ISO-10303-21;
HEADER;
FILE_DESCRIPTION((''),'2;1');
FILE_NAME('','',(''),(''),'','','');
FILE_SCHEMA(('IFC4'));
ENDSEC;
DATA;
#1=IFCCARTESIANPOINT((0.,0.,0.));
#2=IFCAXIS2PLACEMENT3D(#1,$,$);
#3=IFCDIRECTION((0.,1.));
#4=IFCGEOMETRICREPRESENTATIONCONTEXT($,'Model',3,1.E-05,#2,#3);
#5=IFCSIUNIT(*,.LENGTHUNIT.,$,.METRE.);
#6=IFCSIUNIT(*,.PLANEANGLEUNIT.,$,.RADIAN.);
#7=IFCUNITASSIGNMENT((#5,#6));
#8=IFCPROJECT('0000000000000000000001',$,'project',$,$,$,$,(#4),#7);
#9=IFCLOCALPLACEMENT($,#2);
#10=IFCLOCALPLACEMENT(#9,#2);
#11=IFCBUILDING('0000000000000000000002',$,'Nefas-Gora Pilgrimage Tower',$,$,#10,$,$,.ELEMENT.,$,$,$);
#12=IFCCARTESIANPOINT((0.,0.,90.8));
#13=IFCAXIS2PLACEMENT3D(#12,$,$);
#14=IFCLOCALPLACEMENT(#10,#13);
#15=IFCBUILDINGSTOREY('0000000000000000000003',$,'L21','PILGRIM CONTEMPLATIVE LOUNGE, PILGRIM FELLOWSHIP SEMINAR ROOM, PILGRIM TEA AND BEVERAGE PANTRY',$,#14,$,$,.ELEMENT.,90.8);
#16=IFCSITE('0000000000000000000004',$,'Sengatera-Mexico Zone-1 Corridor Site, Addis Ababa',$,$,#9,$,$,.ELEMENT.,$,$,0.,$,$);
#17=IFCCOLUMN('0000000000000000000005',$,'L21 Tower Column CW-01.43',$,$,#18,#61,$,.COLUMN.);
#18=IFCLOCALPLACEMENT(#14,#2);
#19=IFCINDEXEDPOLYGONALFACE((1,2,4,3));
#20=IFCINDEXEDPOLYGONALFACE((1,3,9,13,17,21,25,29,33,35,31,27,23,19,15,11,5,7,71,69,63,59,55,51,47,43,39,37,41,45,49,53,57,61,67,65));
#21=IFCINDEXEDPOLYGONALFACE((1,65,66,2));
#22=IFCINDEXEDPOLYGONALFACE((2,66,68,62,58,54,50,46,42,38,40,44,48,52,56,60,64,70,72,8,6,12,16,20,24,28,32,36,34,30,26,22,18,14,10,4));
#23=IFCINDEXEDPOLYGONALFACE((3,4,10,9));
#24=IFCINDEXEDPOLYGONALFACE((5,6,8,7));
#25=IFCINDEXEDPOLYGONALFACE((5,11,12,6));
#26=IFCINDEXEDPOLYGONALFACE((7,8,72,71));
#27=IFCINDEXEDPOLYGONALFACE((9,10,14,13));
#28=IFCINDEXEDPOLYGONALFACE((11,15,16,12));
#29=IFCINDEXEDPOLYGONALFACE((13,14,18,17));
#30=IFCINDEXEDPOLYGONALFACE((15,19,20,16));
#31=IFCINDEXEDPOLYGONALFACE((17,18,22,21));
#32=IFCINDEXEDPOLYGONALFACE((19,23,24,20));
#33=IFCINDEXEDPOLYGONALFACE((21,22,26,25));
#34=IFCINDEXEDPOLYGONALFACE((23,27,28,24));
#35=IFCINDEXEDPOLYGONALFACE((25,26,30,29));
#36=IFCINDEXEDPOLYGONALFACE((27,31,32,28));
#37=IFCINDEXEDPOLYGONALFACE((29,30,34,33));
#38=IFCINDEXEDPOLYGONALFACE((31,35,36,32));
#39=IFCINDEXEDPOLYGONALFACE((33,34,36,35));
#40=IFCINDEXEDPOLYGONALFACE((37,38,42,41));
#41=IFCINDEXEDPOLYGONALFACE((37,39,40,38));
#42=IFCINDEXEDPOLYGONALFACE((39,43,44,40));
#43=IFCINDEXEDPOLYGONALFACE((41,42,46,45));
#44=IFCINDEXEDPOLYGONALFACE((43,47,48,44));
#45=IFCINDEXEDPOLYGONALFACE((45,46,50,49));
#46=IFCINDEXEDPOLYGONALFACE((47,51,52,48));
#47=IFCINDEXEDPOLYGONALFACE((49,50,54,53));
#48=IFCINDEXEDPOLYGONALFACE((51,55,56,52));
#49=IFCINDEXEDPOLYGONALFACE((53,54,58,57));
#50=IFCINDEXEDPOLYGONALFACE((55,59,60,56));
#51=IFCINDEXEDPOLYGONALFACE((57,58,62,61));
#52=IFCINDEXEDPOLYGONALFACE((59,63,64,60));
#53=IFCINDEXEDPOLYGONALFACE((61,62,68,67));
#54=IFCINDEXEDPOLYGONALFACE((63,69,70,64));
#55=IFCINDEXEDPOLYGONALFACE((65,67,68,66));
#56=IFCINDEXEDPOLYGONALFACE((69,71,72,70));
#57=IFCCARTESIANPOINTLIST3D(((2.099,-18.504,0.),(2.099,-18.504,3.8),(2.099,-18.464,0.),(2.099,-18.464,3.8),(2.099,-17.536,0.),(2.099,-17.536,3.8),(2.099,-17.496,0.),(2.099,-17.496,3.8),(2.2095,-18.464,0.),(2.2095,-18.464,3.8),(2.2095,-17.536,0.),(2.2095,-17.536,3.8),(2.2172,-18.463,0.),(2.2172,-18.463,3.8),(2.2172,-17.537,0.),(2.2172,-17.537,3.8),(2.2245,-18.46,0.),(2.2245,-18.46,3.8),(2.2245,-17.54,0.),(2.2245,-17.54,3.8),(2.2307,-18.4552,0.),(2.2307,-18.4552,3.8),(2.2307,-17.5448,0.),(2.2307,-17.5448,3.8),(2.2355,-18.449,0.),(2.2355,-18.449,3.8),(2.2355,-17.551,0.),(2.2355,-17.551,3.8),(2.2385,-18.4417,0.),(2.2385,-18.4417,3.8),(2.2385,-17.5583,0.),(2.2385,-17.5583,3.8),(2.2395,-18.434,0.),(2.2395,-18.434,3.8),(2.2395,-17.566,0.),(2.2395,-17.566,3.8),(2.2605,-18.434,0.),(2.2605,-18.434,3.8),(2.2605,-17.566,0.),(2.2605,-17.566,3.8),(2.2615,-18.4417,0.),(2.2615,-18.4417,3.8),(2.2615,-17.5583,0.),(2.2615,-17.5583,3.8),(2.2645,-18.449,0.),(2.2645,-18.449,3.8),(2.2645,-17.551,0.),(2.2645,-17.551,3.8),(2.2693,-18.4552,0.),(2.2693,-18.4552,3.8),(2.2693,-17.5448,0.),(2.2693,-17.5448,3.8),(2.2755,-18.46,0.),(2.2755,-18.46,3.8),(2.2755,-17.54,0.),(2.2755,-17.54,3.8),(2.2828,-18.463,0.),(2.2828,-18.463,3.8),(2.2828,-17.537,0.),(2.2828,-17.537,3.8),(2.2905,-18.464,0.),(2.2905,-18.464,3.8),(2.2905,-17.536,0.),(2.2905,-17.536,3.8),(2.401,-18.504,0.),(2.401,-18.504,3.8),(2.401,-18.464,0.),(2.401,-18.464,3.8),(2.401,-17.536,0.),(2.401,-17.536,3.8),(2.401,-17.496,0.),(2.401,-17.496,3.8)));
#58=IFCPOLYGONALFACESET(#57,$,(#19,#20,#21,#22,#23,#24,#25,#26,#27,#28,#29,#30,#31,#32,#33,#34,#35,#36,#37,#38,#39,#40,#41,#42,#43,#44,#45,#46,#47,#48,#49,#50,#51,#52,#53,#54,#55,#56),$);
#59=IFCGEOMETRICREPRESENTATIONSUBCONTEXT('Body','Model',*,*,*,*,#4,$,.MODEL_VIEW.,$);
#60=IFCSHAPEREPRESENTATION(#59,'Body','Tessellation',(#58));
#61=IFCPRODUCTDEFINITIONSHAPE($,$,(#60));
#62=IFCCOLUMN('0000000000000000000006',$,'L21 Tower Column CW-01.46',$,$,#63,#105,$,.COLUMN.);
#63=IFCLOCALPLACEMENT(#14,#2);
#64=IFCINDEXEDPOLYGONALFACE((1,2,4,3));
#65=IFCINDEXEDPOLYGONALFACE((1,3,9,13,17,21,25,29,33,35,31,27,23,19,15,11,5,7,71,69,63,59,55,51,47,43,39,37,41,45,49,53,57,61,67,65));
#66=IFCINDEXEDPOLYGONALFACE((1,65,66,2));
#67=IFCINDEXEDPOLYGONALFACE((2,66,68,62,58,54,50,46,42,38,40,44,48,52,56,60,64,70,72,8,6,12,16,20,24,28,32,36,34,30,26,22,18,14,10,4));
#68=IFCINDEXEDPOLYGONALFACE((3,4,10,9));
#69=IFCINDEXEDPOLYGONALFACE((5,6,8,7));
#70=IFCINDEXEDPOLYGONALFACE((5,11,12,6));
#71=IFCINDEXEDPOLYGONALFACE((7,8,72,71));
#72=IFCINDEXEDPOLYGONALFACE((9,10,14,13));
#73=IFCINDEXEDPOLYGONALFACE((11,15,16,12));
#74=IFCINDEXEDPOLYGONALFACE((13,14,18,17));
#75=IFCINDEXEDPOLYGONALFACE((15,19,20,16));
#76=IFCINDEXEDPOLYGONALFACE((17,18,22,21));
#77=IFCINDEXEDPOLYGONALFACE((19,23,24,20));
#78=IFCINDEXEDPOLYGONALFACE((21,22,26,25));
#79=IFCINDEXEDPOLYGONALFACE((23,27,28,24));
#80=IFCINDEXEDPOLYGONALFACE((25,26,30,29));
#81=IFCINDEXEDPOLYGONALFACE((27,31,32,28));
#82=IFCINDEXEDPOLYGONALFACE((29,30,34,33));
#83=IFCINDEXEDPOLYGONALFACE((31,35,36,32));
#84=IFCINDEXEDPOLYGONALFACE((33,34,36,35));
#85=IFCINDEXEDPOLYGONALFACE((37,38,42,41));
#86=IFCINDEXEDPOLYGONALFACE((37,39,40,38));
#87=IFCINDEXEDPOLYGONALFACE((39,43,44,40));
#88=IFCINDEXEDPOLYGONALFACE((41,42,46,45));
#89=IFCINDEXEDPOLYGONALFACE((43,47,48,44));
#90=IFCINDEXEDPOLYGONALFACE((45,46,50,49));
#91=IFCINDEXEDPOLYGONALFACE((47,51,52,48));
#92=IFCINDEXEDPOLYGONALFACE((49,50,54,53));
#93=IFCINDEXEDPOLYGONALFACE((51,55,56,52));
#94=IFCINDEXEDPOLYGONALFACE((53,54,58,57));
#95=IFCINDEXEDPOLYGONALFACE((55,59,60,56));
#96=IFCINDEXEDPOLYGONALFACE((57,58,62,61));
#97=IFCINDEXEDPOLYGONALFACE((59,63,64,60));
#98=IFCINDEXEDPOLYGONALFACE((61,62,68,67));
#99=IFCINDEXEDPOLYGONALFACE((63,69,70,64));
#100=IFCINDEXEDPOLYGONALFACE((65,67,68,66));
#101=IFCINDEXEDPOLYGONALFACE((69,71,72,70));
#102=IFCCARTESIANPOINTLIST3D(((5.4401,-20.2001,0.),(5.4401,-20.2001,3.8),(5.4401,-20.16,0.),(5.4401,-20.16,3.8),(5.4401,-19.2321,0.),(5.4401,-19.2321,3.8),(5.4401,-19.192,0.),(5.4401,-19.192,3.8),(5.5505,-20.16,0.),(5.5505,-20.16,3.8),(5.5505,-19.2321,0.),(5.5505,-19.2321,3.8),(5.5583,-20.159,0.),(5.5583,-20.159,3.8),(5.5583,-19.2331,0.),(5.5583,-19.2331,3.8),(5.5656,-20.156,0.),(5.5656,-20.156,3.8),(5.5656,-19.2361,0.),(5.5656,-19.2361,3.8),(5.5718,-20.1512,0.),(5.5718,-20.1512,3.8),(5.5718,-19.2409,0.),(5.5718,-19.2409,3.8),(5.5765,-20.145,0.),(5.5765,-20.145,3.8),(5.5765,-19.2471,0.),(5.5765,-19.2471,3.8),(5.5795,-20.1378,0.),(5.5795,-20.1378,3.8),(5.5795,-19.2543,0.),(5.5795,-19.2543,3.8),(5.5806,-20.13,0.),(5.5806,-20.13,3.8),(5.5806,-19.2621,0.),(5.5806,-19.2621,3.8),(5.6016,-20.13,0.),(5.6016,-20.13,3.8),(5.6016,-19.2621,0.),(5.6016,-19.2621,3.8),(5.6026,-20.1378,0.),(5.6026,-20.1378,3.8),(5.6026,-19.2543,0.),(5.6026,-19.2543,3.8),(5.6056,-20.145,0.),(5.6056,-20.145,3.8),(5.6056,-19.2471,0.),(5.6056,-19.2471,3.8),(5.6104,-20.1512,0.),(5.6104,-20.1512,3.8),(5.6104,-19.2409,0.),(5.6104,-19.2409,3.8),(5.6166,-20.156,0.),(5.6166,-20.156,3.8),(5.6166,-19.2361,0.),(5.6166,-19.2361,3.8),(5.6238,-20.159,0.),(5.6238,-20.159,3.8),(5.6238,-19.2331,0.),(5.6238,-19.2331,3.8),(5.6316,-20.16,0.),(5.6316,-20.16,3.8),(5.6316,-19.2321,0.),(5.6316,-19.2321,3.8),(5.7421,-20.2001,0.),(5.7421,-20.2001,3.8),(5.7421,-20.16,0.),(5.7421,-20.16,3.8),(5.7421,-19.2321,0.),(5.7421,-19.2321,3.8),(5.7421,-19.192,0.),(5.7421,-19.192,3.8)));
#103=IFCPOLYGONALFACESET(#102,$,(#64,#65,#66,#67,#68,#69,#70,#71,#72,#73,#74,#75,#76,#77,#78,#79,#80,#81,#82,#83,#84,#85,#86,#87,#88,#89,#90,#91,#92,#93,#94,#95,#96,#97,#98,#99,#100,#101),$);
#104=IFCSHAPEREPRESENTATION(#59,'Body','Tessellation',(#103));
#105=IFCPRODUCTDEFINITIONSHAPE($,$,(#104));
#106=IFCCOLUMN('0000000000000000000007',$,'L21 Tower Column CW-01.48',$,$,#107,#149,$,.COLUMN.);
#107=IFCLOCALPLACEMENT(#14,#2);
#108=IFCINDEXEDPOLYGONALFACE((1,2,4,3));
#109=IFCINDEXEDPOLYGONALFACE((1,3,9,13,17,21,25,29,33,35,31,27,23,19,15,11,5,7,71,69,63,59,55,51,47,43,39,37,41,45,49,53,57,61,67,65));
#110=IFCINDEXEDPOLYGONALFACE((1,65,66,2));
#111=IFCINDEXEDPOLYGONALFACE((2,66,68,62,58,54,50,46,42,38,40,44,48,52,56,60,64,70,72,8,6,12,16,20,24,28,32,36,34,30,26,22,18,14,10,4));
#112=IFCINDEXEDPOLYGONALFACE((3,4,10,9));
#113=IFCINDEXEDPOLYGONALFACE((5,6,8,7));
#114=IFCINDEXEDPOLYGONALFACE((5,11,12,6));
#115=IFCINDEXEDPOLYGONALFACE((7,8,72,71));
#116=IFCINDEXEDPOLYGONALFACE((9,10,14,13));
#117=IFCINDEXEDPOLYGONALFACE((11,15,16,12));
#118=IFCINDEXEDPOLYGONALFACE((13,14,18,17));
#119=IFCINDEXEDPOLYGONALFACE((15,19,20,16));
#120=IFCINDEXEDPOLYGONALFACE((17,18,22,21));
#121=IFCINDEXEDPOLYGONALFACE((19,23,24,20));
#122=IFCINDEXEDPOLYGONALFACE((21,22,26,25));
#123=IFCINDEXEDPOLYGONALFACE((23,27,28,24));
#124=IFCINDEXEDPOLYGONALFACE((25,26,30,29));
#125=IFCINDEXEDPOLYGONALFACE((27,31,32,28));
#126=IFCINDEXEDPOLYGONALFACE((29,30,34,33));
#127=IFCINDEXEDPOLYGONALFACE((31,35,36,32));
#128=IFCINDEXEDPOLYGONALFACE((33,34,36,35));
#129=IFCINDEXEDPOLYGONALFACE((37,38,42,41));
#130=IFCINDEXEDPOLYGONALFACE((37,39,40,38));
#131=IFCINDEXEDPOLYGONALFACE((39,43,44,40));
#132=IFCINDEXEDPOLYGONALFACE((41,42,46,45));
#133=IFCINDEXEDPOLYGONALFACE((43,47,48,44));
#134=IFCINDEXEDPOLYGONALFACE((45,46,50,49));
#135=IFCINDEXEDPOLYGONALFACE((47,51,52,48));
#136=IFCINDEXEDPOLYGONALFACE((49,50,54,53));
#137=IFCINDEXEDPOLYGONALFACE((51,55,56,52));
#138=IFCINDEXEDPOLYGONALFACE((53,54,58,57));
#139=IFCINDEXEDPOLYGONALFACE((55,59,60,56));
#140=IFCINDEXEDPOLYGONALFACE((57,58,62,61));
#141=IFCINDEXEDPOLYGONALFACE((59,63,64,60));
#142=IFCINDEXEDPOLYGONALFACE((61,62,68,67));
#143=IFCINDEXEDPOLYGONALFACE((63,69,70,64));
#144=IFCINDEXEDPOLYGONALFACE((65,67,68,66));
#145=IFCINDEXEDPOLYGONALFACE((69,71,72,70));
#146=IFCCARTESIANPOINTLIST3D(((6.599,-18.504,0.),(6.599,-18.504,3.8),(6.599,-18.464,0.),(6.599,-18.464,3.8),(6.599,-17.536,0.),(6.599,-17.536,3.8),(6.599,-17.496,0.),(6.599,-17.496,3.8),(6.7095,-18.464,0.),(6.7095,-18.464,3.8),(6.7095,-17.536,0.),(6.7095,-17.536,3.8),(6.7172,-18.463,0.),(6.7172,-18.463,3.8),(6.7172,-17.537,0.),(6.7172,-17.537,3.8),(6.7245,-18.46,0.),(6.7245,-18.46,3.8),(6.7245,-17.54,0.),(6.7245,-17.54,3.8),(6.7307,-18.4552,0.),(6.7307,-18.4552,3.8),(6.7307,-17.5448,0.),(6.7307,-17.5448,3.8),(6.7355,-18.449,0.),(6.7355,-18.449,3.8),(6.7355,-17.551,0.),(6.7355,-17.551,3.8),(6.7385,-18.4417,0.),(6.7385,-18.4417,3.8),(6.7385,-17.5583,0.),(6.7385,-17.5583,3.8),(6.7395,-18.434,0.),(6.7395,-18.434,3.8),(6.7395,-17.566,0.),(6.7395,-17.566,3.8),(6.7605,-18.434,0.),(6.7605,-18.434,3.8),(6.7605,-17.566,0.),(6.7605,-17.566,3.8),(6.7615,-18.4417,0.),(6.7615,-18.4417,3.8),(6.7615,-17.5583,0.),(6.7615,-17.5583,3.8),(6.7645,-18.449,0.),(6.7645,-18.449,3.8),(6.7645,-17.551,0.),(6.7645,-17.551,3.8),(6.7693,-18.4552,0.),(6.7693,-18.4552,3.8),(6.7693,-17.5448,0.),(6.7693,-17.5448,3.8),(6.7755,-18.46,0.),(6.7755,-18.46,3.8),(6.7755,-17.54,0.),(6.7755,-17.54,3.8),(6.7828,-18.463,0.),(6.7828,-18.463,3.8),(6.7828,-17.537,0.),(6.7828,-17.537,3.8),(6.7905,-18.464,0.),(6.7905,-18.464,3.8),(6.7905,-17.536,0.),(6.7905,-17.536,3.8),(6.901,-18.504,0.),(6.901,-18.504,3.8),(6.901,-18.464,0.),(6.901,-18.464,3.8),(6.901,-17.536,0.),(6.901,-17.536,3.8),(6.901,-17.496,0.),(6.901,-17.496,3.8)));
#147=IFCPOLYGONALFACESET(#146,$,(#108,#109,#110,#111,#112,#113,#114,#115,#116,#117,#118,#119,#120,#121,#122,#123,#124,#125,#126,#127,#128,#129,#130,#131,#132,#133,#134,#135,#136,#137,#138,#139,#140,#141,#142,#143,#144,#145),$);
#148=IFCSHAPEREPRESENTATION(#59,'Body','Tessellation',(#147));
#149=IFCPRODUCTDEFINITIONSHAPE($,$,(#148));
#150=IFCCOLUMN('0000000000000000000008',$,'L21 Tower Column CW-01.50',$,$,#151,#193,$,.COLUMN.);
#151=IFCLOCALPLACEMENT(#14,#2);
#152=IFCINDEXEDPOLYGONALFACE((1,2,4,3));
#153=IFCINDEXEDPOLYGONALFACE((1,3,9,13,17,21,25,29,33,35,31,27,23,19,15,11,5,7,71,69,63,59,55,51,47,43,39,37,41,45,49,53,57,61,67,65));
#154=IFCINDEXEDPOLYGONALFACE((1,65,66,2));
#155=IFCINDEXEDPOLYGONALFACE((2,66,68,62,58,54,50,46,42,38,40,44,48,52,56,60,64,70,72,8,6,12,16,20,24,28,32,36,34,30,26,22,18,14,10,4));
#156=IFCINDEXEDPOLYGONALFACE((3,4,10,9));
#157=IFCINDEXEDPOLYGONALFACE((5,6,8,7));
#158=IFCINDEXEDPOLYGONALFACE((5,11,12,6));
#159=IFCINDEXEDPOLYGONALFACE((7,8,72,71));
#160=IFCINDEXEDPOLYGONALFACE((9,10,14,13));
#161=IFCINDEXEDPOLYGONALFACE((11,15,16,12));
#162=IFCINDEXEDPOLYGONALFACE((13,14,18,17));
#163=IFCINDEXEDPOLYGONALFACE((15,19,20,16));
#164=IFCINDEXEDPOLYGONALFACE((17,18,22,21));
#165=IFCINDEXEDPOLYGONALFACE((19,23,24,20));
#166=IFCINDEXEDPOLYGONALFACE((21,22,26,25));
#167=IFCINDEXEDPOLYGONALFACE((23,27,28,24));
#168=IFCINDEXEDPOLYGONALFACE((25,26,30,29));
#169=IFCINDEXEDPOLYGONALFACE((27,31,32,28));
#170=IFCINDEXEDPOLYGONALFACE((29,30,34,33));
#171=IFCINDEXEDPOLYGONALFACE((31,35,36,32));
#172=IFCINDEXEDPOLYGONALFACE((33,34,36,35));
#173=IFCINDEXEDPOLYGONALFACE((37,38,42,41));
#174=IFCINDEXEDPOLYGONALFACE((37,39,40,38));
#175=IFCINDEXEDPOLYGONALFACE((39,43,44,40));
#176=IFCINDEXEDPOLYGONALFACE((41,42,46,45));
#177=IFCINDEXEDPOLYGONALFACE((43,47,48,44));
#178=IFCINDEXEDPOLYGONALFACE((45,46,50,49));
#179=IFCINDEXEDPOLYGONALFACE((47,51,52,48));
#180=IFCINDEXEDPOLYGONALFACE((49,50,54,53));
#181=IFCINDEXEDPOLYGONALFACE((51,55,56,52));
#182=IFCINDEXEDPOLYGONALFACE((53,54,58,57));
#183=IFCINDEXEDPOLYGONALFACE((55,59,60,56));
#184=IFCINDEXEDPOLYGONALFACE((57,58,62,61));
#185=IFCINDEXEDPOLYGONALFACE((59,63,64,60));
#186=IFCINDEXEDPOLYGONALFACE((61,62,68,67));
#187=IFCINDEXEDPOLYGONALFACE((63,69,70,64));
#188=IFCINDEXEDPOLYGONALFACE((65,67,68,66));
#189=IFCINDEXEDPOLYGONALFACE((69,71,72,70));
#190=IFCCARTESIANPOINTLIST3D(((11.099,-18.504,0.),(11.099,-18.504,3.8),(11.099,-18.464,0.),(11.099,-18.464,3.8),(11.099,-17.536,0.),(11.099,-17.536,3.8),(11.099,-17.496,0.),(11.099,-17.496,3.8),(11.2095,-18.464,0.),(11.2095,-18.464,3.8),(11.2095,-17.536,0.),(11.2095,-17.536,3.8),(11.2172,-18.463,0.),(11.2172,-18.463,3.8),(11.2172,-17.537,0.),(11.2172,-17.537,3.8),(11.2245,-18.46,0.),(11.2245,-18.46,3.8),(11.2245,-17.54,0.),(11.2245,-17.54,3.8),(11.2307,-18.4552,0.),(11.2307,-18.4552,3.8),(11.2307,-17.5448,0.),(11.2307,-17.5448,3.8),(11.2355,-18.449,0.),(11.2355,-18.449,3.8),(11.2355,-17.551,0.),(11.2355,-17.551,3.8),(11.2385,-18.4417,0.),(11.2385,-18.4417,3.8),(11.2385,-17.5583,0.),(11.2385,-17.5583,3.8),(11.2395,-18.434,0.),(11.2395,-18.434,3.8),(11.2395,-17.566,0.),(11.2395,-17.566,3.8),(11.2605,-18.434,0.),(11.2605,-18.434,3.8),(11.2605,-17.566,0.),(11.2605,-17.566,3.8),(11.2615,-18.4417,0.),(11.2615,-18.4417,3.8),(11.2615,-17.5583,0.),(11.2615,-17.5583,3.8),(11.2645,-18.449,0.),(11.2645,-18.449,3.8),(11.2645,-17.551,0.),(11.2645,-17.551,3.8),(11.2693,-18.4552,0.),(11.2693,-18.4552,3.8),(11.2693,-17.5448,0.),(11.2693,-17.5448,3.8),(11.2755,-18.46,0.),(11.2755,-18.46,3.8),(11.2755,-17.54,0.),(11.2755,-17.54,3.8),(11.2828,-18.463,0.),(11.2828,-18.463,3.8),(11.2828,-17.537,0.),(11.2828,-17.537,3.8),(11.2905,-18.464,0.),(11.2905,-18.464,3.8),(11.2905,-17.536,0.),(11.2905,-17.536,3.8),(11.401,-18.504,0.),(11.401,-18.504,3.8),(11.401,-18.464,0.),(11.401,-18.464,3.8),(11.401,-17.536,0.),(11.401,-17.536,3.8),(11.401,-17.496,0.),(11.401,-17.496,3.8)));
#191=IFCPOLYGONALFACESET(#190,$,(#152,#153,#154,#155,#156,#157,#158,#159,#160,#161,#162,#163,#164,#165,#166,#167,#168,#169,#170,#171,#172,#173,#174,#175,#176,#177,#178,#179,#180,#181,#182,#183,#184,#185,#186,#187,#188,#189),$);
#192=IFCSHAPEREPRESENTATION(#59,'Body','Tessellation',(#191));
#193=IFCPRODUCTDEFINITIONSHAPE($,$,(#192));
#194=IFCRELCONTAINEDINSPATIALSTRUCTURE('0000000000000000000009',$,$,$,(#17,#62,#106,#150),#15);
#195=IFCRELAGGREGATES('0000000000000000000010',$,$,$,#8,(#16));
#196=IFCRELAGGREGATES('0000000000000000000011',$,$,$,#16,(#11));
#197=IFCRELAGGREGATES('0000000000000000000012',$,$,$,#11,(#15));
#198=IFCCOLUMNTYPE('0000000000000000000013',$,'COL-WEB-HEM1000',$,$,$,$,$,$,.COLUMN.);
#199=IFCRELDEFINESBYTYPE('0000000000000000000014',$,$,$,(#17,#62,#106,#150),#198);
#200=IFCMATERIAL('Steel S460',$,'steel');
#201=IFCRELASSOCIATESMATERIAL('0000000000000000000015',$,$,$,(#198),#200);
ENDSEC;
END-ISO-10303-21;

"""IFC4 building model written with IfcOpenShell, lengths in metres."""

from ifc_helpers import new_model, si_unit, direction, frame, origin, origin_2d, place, context, subcontext, project, spatial, i_section, extrude, source, transform, mapped, material, material_profile, profile_set, type_object, element, save


model = new_model("IFC4")

# Units and contexts
model_context = context("Model", 3, precision=1e-05, world=origin(), true_north=direction((0.0, 1.0)))
body_context = subcontext(model_context, "Body", "Model", "MODEL_VIEW")
ifc_project = project(units=[si_unit("LENGTHUNIT", "METRE"), si_unit("PLANEANGLEUNIT", "RADIAN")], contexts=[model_context])

# Site, building, storey
site_placement = place(None, origin())
site = spatial("IfcSite", under=ifc_project, at=site_placement, Name="Sengatera-Mexico Zone-1 Corridor Site, Addis Ababa", CompositionType="ELEMENT", RefElevation=0.0)
building_placement = place(site_placement, origin())
building = spatial("IfcBuilding", under=site, at=building_placement, Name="Nefas-Gora Pilgrimage Tower", CompositionType="ELEMENT")
storey_placement = place(building_placement, frame((0.0, 0.0, 90.8)))
storey = spatial("IfcBuildingStorey", under=building, at=storey_placement, Name="L21", Description="PILGRIM CONTEMPLATIVE LOUNGE, PILGRIM FELLOWSHIP SEMINAR ROOM, PILGRIM TEA AND BEVERAGE PANTRY", CompositionType="ELEMENT", Elevation=90.8)

# Columns
ifc_material_1 = material(Name="Steel S460", Category="steel")
ifc_material_profile_1 = material_profile(ifc_material_1, i_section(OverallWidth=0.302, OverallDepth=1.0081, WebThickness=0.021, FlangeThickness=0.04, FilletRadius=0.03, at=origin_2d()), Name="HEM 1000")
ifc_profile_set_1 = profile_set([ifc_material_profile_1], Name="Steel S460")
column_type_1 = type_object("IfcColumnType", Name="COL-WEB-HEM1000", PredefinedType="COLUMN", material=ifc_profile_set_1)
shared_shape_1 = source(origin(), body_context, "Body", "SweptSolid", [
    extrude(i_section(OverallWidth=0.302, OverallDepth=1.0081, WebThickness=0.021, FlangeThickness=0.04, FilletRadius=0.03, at=origin_2d()), origin(), (0.0, 0.0, 1.0), 3.8),
])
for number, where, z_axis, x_axis, name in (
    (1, (2.25, -18.0, 0.0), (0.0, 0.0, 1.0), (1.0, 0.0, 0.0), "L21 Tower Column CW-01.43"),
    (2, (5.5911, -19.696, 0.0), (0.0, 0.0, 1.0), (1.0, 0.0, 0.0), "L21 Tower Column CW-01.46"),
    (3, (6.75, -18.0, 0.0), (0.0, 0.0, 1.0), (1.0, 0.0, 0.0), "L21 Tower Column CW-01.48"),
    (4, (11.25, -18.0, 0.0), (0.0, 0.0, 1.0), (1.0, 0.0, 0.0), "L21 Tower Column CW-01.50"),
):
    element("IfcColumn", number, at=place(storey_placement, frame(where, z_axis=z_axis, x_axis=x_axis)), inside=storey, type_object=column_type_1, Name=name, PredefinedType="COLUMN", context=body_context, shape_type="MappedRepresentation", body=[
        mapped(shared_shape_1, transform((0.0, 0.0, 0.0), x_axis=(1.0, 0.0, 0.0), y_axis=(0.0, 1.0, 0.0), z_axis=(0.0, 0.0, 1.0), scale=1.0)),
    ])

save(model, "model.ifc")
